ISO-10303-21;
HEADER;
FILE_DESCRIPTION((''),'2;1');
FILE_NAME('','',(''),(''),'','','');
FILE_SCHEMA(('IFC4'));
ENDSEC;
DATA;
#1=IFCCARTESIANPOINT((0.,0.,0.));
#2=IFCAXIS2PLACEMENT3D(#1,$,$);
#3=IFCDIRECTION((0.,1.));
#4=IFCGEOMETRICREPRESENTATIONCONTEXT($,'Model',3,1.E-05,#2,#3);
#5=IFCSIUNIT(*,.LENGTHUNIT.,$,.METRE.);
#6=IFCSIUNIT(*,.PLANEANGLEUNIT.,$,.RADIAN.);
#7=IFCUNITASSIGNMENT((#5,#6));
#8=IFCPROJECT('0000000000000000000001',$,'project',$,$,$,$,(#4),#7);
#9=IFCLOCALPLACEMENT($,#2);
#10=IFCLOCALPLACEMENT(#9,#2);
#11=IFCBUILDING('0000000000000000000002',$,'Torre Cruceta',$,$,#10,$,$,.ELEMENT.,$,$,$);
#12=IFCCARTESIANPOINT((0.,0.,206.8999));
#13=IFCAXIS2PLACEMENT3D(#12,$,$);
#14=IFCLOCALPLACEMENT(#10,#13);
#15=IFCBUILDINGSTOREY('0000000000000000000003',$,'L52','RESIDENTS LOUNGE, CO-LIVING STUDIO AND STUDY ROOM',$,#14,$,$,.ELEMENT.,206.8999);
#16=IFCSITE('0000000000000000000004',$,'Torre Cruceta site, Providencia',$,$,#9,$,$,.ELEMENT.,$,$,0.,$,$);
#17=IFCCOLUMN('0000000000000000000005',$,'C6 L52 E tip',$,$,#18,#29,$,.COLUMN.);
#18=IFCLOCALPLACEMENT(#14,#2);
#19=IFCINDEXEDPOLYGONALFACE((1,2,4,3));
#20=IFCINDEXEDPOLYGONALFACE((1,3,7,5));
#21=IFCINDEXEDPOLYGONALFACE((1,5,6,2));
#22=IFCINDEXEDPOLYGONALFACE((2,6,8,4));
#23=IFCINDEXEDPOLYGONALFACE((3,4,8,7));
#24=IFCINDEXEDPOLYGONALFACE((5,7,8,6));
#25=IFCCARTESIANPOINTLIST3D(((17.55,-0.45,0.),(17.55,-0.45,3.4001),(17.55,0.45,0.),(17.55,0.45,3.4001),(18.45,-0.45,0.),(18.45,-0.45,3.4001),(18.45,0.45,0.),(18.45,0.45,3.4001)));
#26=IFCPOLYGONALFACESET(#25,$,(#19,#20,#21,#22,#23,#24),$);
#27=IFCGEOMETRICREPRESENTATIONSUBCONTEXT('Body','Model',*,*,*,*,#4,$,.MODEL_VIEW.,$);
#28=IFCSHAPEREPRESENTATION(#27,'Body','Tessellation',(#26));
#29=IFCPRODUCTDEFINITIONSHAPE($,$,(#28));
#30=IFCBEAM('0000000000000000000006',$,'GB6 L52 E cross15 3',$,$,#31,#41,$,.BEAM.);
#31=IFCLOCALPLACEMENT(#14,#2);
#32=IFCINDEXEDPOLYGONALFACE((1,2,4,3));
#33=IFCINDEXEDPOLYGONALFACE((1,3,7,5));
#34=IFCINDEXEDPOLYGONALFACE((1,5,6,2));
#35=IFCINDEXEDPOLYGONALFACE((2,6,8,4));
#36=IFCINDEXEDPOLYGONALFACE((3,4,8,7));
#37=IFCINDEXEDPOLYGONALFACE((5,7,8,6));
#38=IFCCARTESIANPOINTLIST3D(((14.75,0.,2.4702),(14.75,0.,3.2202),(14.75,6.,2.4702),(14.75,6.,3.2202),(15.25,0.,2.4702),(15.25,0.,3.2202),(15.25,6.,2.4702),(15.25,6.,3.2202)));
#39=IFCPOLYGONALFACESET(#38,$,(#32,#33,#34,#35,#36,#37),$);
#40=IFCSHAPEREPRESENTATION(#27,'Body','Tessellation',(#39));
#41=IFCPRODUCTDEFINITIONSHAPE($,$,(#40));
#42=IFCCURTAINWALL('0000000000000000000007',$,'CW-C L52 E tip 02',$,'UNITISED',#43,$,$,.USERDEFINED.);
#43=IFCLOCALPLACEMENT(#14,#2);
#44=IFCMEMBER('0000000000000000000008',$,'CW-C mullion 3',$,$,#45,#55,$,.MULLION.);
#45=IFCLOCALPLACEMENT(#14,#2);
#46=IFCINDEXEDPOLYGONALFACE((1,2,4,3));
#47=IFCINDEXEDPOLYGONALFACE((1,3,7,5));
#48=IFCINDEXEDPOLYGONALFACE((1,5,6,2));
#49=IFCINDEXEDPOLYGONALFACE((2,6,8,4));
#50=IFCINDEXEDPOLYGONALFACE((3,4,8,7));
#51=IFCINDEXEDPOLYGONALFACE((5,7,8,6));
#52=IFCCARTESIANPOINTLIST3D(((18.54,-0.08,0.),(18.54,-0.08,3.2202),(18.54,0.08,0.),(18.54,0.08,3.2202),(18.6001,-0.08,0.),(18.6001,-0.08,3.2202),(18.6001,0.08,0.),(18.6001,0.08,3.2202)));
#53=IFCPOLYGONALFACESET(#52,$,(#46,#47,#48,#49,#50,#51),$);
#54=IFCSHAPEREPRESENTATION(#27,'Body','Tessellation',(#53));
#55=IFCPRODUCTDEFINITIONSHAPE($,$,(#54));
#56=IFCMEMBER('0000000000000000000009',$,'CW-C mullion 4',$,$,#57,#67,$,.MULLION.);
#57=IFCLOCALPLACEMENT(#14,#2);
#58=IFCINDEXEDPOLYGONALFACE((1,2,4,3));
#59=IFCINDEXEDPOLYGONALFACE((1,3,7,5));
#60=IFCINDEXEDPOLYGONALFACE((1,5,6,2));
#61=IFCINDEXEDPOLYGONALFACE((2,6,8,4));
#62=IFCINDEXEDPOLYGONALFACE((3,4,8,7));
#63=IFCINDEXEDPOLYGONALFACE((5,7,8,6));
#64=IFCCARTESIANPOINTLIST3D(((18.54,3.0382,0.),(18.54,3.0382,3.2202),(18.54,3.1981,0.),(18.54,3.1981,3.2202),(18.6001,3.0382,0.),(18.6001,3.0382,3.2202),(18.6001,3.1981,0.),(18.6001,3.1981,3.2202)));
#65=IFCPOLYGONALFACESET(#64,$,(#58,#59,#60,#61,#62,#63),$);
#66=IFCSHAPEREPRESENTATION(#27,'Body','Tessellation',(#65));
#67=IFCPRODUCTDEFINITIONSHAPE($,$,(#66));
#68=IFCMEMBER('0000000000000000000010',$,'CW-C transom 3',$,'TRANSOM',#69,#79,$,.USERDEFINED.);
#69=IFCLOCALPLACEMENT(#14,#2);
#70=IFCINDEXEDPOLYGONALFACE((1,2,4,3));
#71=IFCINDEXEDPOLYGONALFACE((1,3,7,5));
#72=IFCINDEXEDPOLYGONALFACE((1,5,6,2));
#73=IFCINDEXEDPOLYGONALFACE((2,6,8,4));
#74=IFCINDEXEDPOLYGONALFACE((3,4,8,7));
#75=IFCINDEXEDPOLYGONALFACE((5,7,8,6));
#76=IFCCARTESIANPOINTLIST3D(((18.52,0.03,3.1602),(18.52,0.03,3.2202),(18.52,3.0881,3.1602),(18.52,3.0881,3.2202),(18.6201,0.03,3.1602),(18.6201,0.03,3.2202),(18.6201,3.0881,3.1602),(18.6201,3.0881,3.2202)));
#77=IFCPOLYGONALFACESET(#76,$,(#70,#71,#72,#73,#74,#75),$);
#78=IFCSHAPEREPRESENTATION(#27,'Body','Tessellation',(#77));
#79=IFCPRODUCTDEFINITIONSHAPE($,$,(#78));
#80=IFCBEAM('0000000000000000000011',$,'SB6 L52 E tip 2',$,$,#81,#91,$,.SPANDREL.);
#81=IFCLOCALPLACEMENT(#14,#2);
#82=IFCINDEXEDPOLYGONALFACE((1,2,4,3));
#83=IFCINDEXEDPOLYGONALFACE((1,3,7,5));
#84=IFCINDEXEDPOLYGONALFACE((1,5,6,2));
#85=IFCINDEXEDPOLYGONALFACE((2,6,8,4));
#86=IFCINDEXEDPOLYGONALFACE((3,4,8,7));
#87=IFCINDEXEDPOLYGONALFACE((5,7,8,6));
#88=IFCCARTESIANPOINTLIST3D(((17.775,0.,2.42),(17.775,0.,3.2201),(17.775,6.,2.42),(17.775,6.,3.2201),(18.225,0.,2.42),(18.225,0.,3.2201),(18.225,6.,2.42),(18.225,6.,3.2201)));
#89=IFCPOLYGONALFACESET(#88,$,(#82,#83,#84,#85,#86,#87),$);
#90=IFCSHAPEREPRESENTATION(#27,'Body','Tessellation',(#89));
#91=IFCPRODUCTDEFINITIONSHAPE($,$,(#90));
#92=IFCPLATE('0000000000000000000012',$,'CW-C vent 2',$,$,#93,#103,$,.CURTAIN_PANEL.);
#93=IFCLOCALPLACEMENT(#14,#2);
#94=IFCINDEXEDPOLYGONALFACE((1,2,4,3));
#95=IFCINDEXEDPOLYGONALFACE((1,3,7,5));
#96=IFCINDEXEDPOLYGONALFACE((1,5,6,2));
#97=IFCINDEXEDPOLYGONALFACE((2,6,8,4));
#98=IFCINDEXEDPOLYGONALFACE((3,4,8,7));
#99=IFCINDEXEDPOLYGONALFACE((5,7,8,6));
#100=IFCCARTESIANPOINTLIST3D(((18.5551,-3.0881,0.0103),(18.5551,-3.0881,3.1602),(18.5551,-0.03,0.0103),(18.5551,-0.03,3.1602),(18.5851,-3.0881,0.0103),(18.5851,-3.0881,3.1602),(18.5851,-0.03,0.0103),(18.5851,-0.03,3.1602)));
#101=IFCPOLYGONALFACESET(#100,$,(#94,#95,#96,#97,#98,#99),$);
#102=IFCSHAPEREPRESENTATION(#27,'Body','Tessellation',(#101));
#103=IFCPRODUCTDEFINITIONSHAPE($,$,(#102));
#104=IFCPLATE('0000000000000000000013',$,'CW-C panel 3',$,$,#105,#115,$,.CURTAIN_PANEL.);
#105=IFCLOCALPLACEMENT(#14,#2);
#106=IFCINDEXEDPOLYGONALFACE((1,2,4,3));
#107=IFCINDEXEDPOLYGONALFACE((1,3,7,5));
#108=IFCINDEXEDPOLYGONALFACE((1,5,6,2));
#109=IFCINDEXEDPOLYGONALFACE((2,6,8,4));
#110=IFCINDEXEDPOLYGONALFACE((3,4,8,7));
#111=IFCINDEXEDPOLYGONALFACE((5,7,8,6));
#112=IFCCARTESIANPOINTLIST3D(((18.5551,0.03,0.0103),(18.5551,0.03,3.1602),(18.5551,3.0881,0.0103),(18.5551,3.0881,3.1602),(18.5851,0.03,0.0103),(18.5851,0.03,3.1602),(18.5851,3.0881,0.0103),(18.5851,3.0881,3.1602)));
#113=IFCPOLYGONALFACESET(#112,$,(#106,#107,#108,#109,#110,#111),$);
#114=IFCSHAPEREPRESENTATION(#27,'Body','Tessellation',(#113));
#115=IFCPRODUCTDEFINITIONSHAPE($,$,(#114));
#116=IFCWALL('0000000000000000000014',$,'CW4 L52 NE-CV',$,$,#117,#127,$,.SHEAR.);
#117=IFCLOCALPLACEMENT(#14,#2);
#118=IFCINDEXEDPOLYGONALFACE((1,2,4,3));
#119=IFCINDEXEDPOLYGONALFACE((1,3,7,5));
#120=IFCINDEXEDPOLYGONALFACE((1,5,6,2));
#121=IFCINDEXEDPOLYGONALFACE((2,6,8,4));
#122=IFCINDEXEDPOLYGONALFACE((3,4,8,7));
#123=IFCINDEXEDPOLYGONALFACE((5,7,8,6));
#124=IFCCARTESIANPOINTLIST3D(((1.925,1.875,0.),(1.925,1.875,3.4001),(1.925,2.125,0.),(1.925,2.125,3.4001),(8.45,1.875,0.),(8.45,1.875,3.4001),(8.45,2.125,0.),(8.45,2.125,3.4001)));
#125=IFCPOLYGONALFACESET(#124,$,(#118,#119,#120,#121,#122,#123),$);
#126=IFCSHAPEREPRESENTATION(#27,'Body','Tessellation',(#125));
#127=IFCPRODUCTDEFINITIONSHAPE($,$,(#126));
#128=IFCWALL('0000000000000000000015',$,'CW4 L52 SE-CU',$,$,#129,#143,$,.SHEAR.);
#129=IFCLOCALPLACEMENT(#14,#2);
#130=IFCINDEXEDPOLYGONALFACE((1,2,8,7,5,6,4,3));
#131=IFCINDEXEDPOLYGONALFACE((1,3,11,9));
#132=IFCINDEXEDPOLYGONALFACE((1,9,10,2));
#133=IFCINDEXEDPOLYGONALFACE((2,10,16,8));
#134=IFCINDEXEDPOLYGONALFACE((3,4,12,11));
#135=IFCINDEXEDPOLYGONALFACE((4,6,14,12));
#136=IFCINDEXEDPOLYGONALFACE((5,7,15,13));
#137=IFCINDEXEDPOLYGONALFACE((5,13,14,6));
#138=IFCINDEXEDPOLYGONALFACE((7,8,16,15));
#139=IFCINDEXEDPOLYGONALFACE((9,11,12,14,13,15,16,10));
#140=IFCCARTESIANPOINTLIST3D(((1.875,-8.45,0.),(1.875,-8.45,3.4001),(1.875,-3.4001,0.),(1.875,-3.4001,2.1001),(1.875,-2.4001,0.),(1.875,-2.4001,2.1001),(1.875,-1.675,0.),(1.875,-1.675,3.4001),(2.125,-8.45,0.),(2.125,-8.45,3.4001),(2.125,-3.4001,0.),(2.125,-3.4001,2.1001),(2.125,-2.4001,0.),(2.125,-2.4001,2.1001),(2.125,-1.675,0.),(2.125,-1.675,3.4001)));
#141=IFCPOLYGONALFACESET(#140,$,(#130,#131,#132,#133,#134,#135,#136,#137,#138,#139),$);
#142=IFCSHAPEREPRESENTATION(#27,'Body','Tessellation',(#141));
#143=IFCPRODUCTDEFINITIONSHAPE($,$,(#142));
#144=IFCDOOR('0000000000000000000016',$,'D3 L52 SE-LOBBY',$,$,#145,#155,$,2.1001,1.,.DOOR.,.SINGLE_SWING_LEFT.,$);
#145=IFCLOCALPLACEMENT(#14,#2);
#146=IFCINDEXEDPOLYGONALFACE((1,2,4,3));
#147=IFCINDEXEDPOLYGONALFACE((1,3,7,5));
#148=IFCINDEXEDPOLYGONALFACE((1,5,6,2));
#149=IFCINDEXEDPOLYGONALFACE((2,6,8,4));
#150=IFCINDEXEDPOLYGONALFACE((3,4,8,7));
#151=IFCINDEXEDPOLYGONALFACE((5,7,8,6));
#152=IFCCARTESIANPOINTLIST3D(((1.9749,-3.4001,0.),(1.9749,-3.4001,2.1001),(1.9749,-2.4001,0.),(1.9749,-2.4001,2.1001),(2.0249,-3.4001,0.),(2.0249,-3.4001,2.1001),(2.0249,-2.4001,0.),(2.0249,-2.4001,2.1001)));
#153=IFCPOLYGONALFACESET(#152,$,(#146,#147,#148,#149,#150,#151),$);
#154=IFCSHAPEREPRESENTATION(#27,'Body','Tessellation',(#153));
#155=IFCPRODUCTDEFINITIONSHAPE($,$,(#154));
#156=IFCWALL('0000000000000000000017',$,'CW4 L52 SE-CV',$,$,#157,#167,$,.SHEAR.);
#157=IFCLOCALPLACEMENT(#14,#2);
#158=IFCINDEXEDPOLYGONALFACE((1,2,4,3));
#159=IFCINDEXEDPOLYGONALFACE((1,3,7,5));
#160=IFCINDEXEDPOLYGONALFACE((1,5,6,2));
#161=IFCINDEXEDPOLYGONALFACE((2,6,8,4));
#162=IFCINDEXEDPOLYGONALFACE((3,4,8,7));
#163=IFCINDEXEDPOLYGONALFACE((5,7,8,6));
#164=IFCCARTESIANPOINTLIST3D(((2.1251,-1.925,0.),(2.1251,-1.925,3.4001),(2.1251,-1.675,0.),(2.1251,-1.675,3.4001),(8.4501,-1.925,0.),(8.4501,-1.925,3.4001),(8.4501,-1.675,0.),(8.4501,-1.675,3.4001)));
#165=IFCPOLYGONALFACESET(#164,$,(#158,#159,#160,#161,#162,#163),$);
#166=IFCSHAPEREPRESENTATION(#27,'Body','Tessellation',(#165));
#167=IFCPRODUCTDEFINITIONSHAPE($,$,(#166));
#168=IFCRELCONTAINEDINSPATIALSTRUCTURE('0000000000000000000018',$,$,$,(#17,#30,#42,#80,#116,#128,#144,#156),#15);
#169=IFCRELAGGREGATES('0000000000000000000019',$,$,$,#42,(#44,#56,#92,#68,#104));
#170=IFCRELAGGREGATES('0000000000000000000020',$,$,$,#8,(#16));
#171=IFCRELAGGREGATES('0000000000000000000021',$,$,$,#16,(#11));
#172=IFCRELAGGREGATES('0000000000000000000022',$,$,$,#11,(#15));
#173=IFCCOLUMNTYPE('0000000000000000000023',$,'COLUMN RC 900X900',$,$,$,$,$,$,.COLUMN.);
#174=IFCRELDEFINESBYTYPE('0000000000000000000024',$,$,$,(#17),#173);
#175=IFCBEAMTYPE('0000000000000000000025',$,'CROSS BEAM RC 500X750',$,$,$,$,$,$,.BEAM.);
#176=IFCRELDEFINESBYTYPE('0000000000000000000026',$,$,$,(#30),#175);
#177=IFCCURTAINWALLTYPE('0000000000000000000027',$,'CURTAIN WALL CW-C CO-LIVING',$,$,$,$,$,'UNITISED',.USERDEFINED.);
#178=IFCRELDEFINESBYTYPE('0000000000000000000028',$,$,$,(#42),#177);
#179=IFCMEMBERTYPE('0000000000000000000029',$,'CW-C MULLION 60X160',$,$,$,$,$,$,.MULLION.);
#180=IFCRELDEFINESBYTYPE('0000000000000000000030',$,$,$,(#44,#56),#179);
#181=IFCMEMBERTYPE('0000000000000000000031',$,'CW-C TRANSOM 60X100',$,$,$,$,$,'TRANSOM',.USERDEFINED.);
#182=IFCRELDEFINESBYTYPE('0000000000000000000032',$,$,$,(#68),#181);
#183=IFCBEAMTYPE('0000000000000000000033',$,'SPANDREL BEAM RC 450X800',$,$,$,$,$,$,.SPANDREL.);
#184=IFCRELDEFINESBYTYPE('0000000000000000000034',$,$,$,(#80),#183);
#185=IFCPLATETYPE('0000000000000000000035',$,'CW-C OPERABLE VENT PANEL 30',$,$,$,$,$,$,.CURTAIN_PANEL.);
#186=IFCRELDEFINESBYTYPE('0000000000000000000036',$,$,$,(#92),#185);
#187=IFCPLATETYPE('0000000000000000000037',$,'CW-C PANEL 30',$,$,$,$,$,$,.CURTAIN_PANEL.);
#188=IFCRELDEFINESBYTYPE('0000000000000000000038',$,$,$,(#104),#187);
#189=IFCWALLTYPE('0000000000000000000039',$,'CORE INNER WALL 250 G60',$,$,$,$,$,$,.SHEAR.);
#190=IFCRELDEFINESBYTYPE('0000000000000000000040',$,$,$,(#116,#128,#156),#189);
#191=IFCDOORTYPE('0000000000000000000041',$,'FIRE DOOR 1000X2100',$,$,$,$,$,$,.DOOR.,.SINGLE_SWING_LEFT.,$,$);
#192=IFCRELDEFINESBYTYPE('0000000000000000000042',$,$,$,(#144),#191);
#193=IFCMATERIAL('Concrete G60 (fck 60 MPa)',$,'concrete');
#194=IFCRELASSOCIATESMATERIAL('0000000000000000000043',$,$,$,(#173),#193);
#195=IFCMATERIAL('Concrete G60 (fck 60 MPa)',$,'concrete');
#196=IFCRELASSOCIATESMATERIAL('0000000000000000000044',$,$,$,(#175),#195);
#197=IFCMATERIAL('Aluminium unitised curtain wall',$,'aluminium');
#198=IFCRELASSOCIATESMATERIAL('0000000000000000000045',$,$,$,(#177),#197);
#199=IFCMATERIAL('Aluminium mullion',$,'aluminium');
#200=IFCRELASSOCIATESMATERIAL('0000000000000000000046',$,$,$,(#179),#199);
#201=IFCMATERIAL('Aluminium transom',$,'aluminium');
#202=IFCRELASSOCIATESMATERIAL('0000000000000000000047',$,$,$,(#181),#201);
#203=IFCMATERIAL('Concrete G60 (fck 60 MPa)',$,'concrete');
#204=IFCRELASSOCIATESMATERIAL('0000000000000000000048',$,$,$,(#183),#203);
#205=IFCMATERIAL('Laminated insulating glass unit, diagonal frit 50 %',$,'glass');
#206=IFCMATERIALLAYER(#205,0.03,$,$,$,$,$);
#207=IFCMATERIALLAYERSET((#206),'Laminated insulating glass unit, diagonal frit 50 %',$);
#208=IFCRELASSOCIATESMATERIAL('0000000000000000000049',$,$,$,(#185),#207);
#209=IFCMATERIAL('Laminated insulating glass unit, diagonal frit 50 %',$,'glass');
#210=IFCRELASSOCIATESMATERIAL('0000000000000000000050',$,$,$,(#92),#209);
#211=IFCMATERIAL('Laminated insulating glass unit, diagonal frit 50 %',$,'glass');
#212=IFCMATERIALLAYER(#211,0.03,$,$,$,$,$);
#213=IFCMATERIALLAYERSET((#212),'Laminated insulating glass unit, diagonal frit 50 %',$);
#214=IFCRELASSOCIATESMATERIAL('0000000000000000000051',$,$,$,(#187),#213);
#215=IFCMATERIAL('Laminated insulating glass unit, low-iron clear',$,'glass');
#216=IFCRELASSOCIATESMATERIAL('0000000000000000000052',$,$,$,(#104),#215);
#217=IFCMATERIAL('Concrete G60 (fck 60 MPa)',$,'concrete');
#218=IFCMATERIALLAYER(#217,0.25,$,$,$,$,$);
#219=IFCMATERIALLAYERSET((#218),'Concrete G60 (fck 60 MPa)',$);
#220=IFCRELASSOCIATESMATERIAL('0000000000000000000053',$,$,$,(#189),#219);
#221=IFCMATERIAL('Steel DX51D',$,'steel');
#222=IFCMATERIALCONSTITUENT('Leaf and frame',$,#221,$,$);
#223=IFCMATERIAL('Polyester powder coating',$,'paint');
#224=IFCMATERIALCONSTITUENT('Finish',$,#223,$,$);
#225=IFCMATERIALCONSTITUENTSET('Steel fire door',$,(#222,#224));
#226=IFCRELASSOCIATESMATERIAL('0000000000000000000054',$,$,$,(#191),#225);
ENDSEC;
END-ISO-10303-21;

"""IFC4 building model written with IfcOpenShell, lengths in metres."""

from ifc_helpers import new_model, si_unit, direction, frame, frame_2d, origin, origin_2d, place, context, subcontext, project, spatial, rectangle, extrude, material, layer, layer_set, constituent, constituent_set, material_profile, profile_set, type_object, element, fill, aggregate, save


model = new_model("IFC4")

# Units and contexts
model_context = context("Model", 3, precision=1e-05, world=origin(), true_north=direction((0.0, 1.0)))
body_context = subcontext(model_context, "Body", "Model", "MODEL_VIEW")
ifc_project = project(units=[si_unit("LENGTHUNIT", "METRE"), si_unit("PLANEANGLEUNIT", "RADIAN")], contexts=[model_context])

# Site, building, storey
site_placement = place(None, origin())
site = spatial("IfcSite", under=ifc_project, at=site_placement, Name="Torre Cruceta site, Providencia", CompositionType="ELEMENT", RefElevation=0.0)
building_placement = place(site_placement, origin())
building = spatial("IfcBuilding", under=site, at=building_placement, Name="Torre Cruceta", CompositionType="ELEMENT")
storey_placement = place(building_placement, frame((0.0, 0.0, 206.8999)))
storey = spatial("IfcBuildingStorey", under=building, at=storey_placement, Name="L52", Description="RESIDENTS LOUNGE, CO-LIVING STUDIO AND STUDY ROOM", CompositionType="ELEMENT", Elevation=206.8999)

# Column
ifc_material_1 = material(Name="Concrete G60 (fck 60 MPa)", Category="concrete")
ifc_material_profile_1 = material_profile(ifc_material_1, rectangle(XDim=0.8999, YDim=0.8999, at=origin_2d()), Name="RC 900X900")
ifc_profile_set_1 = profile_set([ifc_material_profile_1], Name="Concrete G60 (fck 60 MPa)")
column_type = type_object("IfcColumnType", Name="COLUMN RC 900X900", PredefinedType="COLUMN", material=ifc_profile_set_1)
column_placement = place(storey_placement, frame((18.0, 0.0, 0.0), z_axis=(0.0, 0.0, 1.0), x_axis=(1.0, 0.0, 0.0)))
element("IfcColumn", 1, at=column_placement, inside=storey, type_object=column_type, Name="C6 L52 E tip", PredefinedType="COLUMN", context=body_context, shape_type="SweptSolid", body=[
    extrude(rectangle(XDim=0.8999, YDim=0.8999, at=origin_2d()), origin(), (0.0, 0.0, 1.0), 3.4001),
])

# Beam
ifc_material_2 = material(Name="Concrete G60 (fck 60 MPa)", Category="concrete")
ifc_material_profile_2 = material_profile(ifc_material_2, rectangle(XDim=0.5, YDim=0.75, at=origin_2d()), Name="RC 500X750")
ifc_profile_set_2 = profile_set([ifc_material_profile_2], Name="Concrete G60 (fck 60 MPa)")
beam_type_1 = type_object("IfcBeamType", Name="CROSS BEAM RC 500X750", PredefinedType="BEAM", material=ifc_profile_set_2)
beam_1_placement = place(storey_placement, frame((15.0, 0.0, 2.8452), z_axis=(0.0, 1.0, 0.0), x_axis=(-1.0, 0.0, 0.0)))
element("IfcBeam", 2, at=beam_1_placement, inside=storey, type_object=beam_type_1, Name="GB6 L52 E cross15 3", PredefinedType="BEAM", context=body_context, shape_type="SweptSolid", body=[
    extrude(rectangle(XDim=0.5, YDim=0.75, at=origin_2d()), origin(), (0.0, 0.0, 1.0), 6.0),
])

# Curtain wall, members
ifc_material_3 = material(Name="Aluminium unitised curtain wall", Category="aluminium")
curtain_wall_type = type_object("IfcCurtainWallType", Name="CURTAIN WALL CW-C CO-LIVING", ElementType="UNITISED", PredefinedType="USERDEFINED", material=ifc_material_3)
curtain_wall_placement = place(storey_placement, origin())
curtain_wall = element("IfcCurtainWall", 3, at=curtain_wall_placement, inside=storey, type_object=curtain_wall_type, Name="CW-C L52 E tip 02", ObjectType="UNITISED", PredefinedType="USERDEFINED")
ifc_material_4 = material(Name="Aluminium mullion", Category="aluminium")
ifc_material_profile_3 = material_profile(ifc_material_4, rectangle(XDim=0.0601, YDim=0.1599, at=origin_2d()), Name="AL 60X160")
ifc_profile_set_3 = profile_set([ifc_material_profile_3], Name="Aluminium mullion")
member_type_1 = type_object("IfcMemberType", Name="CW-C MULLION 60X160", PredefinedType="MULLION", material=ifc_profile_set_3)
member_1_placement = place(storey_placement, frame((18.5701, 0.0, 0.0), z_axis=(0.0, 0.0, 1.0), x_axis=(-1.0, 0.0, 0.0)))
member_1 = element("IfcMember", 4, at=member_1_placement, type_object=member_type_1, Name="CW-C mullion 3", PredefinedType="MULLION", context=body_context, shape_type="SweptSolid", body=[
    extrude(rectangle(XDim=0.0601, YDim=0.1599, at=origin_2d()), origin(), (0.0, 0.0, 1.0), 3.2202),
])
member_2_placement = place(storey_placement, frame((18.5701, 3.1182, 0.0), z_axis=(0.0, 0.0, 1.0), x_axis=(-1.0, 0.0, 0.0)))
member_2 = element("IfcMember", 5, at=member_2_placement, type_object=member_type_1, Name="CW-C mullion 4", PredefinedType="MULLION", context=body_context, shape_type="SweptSolid", body=[
    extrude(rectangle(XDim=0.0601, YDim=0.1599, at=origin_2d()), origin(), (0.0, 0.0, 1.0), 3.2202),
])
ifc_material_5 = material(Name="Aluminium transom", Category="aluminium")
ifc_material_profile_4 = material_profile(ifc_material_5, rectangle(XDim=0.1001, YDim=0.0601, at=origin_2d()), Name="AL 100X60")
ifc_profile_set_4 = profile_set([ifc_material_profile_4], Name="Aluminium transom")
member_type_2 = type_object("IfcMemberType", Name="CW-C TRANSOM 60X100", ElementType="TRANSOM", PredefinedType="USERDEFINED", material=ifc_profile_set_4)
member_3_placement = place(storey_placement, frame((18.5701, 0.03, 3.1902), z_axis=(0.0, 1.0, 0.0), x_axis=(-1.0, 0.0, 0.0)))
member_3 = element("IfcMember", 6, at=member_3_placement, type_object=member_type_2, Name="CW-C transom 3", ObjectType="TRANSOM", PredefinedType="USERDEFINED", context=body_context, shape_type="SweptSolid", body=[
    extrude(rectangle(XDim=0.1001, YDim=0.0601, at=origin_2d()), origin(), (0.0, 0.0, 1.0), 3.0581),
])

# Beam
ifc_material_6 = material(Name="Concrete G60 (fck 60 MPa)", Category="concrete")
ifc_material_profile_5 = material_profile(ifc_material_6, rectangle(XDim=0.45, YDim=0.8, at=origin_2d()), Name="RC 450X800")
ifc_profile_set_5 = profile_set([ifc_material_profile_5], Name="Concrete G60 (fck 60 MPa)")
beam_type_2 = type_object("IfcBeamType", Name="SPANDREL BEAM RC 450X800", PredefinedType="SPANDREL", material=ifc_profile_set_5)
beam_2_placement = place(storey_placement, frame((18.0, 0.0, 2.8201), z_axis=(0.0, 1.0, 0.0), x_axis=(-1.0, 0.0, 0.0)))
element("IfcBeam", 7, at=beam_2_placement, inside=storey, type_object=beam_type_2, Name="SB6 L52 E tip 2", PredefinedType="SPANDREL", context=body_context, shape_type="SweptSolid", body=[
    extrude(rectangle(XDim=0.45, YDim=0.8, at=origin_2d()), origin(), (0.0, 0.0, 1.0), 6.0),
])

# Plates
ifc_material_7 = material(Name="Laminated insulating glass unit, diagonal frit 50 %", Category="glass")
ifc_material_8 = material(Name="Laminated insulating glass unit, diagonal frit 50 %", Category="glass")
ifc_layer_1 = layer(ifc_material_8, 0.03)
ifc_layer_set_1 = layer_set([ifc_layer_1], Name="Laminated insulating glass unit, diagonal frit 50 %")
plate_type_1 = type_object("IfcPlateType", Name="CW-C OPERABLE VENT PANEL 30", PredefinedType="CURTAIN_PANEL", material=ifc_layer_set_1)
plate_1_placement = place(storey_placement, frame((18.5701, -1.5591, 0.0103), z_axis=(0.0, 0.0, 1.0), x_axis=(0.0, 1.0, 0.0)))
plate_1 = element("IfcPlate", 8, at=plate_1_placement, type_object=plate_type_1, material=ifc_material_7, Name="CW-C vent 2", PredefinedType="CURTAIN_PANEL", context=body_context, shape_type="SweptSolid", body=[
    extrude(rectangle(XDim=3.0581, YDim=0.03, at=origin_2d()), origin(), (0.0, 0.0, 1.0), 3.1499),
])
ifc_material_9 = material(Name="Laminated insulating glass unit, low-iron clear", Category="glass")
ifc_material_10 = material(Name="Laminated insulating glass unit, diagonal frit 50 %", Category="glass")
ifc_layer_2 = layer(ifc_material_10, 0.03)
ifc_layer_set_2 = layer_set([ifc_layer_2], Name="Laminated insulating glass unit, diagonal frit 50 %")
plate_type_2 = type_object("IfcPlateType", Name="CW-C PANEL 30", PredefinedType="CURTAIN_PANEL", material=ifc_layer_set_2)
plate_2_placement = place(storey_placement, frame((18.5701, 1.5591, 0.0103), z_axis=(0.0, 0.0, 1.0), x_axis=(0.0, 1.0, 0.0)))
plate_2 = element("IfcPlate", 9, at=plate_2_placement, type_object=plate_type_2, material=ifc_material_9, Name="CW-C panel 3", PredefinedType="CURTAIN_PANEL", context=body_context, shape_type="SweptSolid", body=[
    extrude(rectangle(XDim=3.0581, YDim=0.03, at=origin_2d()), origin(), (0.0, 0.0, 1.0), 3.1499),
])
aggregate(curtain_wall, [member_1, member_2, plate_1, member_3, plate_2])

# Shared definitions
ifc_material_11 = material(Name="Concrete G60 (fck 60 MPa)", Category="concrete")
ifc_layer_3 = layer(ifc_material_11, 0.25)
ifc_layer_set_3 = layer_set([ifc_layer_3], Name="Concrete G60 (fck 60 MPa)")
wall_type_1 = type_object("IfcWallType", Name="CORE INNER WALL 250 G60", PredefinedType="SHEAR", material=ifc_layer_set_3)

# Wall
wall_1_placement = place(storey_placement, frame((1.925, 2.0, 0.0), z_axis=(0.0, 0.0, 1.0), x_axis=(1.0, 0.0, 0.0)))
element("IfcWall", 10, at=wall_1_placement, inside=storey, type_object=wall_type_1, Name="CW4 L52 NE-CV", PredefinedType="SHEAR", context=body_context, shape_type="SweptSolid", body=[
    extrude(rectangle(XDim=6.5249, YDim=0.25, at=frame_2d((3.2625, 0.0))), origin(), (0.0, 0.0, 1.0), 3.4001),
])

# Wall, opening, door
wall_2_placement = place(storey_placement, frame((2.0, -1.675, 0.0), z_axis=(0.0, 0.0, 1.0), x_axis=(0.0, -1.0, 0.0)))
wall_2 = element("IfcWall", 11, at=wall_2_placement, inside=storey, type_object=wall_type_1, Name="CW4 L52 SE-CU", PredefinedType="SHEAR", context=body_context, shape_type="SweptSolid", body=[
    extrude(rectangle(XDim=6.7749, YDim=0.25, at=frame_2d((3.3875, 0.0))), origin(), (0.0, 0.0, 1.0), 3.4001),
])
opening_1_placement = place(wall_2_placement, frame((0.7251, 0.0, 0.0)))
opening_1 = element("IfcOpeningElement", 12, at=opening_1_placement, cuts=wall_2, PredefinedType="OPENING", context=body_context, shape_type="SweptSolid", body=[
    extrude(rectangle(XDim=1.0, YDim=2.1001, at=frame_2d((0.5, 1.05))), frame((0.0, 0.135, 0.0), z_axis=(0.0, -1.0, 0.0), x_axis=(1.0, 0.0, 0.0)), (0.0, 0.0, 1.0), 0.27),
])
ifc_material_12 = material(Name="Steel DX51D", Category="steel")
ifc_constituent_1 = constituent(ifc_material_12, Name="Leaf and frame")
ifc_material_13 = material(Name="Polyester powder coating", Category="paint")
ifc_constituent_2 = constituent(ifc_material_13, Name="Finish")
ifc_constituent_set_1 = constituent_set(constituents=[ifc_constituent_1, ifc_constituent_2], Name="Steel fire door")
door_type_1 = type_object("IfcDoorType", Name="FIRE DOOR 1000X2100", OperationType="SINGLE_SWING_LEFT", PredefinedType="DOOR", material=ifc_constituent_set_1)
door_1_placement = place(opening_1_placement, origin())
door_1 = element("IfcDoor", 13, at=door_1_placement, inside=storey, type_object=door_type_1, Name="D3 L52 SE-LOBBY", OperationType="SINGLE_SWING_LEFT", OverallHeight=2.1001, OverallWidth=1.0, PredefinedType="DOOR", context=body_context, shape_type="SweptSolid", body=[
    extrude(rectangle(XDim=1.0, YDim=2.1001, at=frame_2d((0.5, 1.05))), frame((0.0, 0.0249, 0.0), z_axis=(0.0, -1.0, 0.0), x_axis=(1.0, 0.0, 0.0)), (0.0, 0.0, 1.0), 0.05),
])
fill(opening_1, door_1)

# Wall
wall_3_placement = place(storey_placement, frame((2.125, -1.8, 0.0), z_axis=(0.0, 0.0, 1.0), x_axis=(1.0, 0.0, 0.0)))
element("IfcWall", 14, at=wall_3_placement, inside=storey, type_object=wall_type_1, Name="CW4 L52 SE-CV", PredefinedType="SHEAR", context=body_context, shape_type="SweptSolid", body=[
    extrude(rectangle(XDim=6.325, YDim=0.25, at=frame_2d((3.1626, 0.0))), origin(), (0.0, 0.0, 1.0), 3.4001),
])

save(model, "model.ifc")
